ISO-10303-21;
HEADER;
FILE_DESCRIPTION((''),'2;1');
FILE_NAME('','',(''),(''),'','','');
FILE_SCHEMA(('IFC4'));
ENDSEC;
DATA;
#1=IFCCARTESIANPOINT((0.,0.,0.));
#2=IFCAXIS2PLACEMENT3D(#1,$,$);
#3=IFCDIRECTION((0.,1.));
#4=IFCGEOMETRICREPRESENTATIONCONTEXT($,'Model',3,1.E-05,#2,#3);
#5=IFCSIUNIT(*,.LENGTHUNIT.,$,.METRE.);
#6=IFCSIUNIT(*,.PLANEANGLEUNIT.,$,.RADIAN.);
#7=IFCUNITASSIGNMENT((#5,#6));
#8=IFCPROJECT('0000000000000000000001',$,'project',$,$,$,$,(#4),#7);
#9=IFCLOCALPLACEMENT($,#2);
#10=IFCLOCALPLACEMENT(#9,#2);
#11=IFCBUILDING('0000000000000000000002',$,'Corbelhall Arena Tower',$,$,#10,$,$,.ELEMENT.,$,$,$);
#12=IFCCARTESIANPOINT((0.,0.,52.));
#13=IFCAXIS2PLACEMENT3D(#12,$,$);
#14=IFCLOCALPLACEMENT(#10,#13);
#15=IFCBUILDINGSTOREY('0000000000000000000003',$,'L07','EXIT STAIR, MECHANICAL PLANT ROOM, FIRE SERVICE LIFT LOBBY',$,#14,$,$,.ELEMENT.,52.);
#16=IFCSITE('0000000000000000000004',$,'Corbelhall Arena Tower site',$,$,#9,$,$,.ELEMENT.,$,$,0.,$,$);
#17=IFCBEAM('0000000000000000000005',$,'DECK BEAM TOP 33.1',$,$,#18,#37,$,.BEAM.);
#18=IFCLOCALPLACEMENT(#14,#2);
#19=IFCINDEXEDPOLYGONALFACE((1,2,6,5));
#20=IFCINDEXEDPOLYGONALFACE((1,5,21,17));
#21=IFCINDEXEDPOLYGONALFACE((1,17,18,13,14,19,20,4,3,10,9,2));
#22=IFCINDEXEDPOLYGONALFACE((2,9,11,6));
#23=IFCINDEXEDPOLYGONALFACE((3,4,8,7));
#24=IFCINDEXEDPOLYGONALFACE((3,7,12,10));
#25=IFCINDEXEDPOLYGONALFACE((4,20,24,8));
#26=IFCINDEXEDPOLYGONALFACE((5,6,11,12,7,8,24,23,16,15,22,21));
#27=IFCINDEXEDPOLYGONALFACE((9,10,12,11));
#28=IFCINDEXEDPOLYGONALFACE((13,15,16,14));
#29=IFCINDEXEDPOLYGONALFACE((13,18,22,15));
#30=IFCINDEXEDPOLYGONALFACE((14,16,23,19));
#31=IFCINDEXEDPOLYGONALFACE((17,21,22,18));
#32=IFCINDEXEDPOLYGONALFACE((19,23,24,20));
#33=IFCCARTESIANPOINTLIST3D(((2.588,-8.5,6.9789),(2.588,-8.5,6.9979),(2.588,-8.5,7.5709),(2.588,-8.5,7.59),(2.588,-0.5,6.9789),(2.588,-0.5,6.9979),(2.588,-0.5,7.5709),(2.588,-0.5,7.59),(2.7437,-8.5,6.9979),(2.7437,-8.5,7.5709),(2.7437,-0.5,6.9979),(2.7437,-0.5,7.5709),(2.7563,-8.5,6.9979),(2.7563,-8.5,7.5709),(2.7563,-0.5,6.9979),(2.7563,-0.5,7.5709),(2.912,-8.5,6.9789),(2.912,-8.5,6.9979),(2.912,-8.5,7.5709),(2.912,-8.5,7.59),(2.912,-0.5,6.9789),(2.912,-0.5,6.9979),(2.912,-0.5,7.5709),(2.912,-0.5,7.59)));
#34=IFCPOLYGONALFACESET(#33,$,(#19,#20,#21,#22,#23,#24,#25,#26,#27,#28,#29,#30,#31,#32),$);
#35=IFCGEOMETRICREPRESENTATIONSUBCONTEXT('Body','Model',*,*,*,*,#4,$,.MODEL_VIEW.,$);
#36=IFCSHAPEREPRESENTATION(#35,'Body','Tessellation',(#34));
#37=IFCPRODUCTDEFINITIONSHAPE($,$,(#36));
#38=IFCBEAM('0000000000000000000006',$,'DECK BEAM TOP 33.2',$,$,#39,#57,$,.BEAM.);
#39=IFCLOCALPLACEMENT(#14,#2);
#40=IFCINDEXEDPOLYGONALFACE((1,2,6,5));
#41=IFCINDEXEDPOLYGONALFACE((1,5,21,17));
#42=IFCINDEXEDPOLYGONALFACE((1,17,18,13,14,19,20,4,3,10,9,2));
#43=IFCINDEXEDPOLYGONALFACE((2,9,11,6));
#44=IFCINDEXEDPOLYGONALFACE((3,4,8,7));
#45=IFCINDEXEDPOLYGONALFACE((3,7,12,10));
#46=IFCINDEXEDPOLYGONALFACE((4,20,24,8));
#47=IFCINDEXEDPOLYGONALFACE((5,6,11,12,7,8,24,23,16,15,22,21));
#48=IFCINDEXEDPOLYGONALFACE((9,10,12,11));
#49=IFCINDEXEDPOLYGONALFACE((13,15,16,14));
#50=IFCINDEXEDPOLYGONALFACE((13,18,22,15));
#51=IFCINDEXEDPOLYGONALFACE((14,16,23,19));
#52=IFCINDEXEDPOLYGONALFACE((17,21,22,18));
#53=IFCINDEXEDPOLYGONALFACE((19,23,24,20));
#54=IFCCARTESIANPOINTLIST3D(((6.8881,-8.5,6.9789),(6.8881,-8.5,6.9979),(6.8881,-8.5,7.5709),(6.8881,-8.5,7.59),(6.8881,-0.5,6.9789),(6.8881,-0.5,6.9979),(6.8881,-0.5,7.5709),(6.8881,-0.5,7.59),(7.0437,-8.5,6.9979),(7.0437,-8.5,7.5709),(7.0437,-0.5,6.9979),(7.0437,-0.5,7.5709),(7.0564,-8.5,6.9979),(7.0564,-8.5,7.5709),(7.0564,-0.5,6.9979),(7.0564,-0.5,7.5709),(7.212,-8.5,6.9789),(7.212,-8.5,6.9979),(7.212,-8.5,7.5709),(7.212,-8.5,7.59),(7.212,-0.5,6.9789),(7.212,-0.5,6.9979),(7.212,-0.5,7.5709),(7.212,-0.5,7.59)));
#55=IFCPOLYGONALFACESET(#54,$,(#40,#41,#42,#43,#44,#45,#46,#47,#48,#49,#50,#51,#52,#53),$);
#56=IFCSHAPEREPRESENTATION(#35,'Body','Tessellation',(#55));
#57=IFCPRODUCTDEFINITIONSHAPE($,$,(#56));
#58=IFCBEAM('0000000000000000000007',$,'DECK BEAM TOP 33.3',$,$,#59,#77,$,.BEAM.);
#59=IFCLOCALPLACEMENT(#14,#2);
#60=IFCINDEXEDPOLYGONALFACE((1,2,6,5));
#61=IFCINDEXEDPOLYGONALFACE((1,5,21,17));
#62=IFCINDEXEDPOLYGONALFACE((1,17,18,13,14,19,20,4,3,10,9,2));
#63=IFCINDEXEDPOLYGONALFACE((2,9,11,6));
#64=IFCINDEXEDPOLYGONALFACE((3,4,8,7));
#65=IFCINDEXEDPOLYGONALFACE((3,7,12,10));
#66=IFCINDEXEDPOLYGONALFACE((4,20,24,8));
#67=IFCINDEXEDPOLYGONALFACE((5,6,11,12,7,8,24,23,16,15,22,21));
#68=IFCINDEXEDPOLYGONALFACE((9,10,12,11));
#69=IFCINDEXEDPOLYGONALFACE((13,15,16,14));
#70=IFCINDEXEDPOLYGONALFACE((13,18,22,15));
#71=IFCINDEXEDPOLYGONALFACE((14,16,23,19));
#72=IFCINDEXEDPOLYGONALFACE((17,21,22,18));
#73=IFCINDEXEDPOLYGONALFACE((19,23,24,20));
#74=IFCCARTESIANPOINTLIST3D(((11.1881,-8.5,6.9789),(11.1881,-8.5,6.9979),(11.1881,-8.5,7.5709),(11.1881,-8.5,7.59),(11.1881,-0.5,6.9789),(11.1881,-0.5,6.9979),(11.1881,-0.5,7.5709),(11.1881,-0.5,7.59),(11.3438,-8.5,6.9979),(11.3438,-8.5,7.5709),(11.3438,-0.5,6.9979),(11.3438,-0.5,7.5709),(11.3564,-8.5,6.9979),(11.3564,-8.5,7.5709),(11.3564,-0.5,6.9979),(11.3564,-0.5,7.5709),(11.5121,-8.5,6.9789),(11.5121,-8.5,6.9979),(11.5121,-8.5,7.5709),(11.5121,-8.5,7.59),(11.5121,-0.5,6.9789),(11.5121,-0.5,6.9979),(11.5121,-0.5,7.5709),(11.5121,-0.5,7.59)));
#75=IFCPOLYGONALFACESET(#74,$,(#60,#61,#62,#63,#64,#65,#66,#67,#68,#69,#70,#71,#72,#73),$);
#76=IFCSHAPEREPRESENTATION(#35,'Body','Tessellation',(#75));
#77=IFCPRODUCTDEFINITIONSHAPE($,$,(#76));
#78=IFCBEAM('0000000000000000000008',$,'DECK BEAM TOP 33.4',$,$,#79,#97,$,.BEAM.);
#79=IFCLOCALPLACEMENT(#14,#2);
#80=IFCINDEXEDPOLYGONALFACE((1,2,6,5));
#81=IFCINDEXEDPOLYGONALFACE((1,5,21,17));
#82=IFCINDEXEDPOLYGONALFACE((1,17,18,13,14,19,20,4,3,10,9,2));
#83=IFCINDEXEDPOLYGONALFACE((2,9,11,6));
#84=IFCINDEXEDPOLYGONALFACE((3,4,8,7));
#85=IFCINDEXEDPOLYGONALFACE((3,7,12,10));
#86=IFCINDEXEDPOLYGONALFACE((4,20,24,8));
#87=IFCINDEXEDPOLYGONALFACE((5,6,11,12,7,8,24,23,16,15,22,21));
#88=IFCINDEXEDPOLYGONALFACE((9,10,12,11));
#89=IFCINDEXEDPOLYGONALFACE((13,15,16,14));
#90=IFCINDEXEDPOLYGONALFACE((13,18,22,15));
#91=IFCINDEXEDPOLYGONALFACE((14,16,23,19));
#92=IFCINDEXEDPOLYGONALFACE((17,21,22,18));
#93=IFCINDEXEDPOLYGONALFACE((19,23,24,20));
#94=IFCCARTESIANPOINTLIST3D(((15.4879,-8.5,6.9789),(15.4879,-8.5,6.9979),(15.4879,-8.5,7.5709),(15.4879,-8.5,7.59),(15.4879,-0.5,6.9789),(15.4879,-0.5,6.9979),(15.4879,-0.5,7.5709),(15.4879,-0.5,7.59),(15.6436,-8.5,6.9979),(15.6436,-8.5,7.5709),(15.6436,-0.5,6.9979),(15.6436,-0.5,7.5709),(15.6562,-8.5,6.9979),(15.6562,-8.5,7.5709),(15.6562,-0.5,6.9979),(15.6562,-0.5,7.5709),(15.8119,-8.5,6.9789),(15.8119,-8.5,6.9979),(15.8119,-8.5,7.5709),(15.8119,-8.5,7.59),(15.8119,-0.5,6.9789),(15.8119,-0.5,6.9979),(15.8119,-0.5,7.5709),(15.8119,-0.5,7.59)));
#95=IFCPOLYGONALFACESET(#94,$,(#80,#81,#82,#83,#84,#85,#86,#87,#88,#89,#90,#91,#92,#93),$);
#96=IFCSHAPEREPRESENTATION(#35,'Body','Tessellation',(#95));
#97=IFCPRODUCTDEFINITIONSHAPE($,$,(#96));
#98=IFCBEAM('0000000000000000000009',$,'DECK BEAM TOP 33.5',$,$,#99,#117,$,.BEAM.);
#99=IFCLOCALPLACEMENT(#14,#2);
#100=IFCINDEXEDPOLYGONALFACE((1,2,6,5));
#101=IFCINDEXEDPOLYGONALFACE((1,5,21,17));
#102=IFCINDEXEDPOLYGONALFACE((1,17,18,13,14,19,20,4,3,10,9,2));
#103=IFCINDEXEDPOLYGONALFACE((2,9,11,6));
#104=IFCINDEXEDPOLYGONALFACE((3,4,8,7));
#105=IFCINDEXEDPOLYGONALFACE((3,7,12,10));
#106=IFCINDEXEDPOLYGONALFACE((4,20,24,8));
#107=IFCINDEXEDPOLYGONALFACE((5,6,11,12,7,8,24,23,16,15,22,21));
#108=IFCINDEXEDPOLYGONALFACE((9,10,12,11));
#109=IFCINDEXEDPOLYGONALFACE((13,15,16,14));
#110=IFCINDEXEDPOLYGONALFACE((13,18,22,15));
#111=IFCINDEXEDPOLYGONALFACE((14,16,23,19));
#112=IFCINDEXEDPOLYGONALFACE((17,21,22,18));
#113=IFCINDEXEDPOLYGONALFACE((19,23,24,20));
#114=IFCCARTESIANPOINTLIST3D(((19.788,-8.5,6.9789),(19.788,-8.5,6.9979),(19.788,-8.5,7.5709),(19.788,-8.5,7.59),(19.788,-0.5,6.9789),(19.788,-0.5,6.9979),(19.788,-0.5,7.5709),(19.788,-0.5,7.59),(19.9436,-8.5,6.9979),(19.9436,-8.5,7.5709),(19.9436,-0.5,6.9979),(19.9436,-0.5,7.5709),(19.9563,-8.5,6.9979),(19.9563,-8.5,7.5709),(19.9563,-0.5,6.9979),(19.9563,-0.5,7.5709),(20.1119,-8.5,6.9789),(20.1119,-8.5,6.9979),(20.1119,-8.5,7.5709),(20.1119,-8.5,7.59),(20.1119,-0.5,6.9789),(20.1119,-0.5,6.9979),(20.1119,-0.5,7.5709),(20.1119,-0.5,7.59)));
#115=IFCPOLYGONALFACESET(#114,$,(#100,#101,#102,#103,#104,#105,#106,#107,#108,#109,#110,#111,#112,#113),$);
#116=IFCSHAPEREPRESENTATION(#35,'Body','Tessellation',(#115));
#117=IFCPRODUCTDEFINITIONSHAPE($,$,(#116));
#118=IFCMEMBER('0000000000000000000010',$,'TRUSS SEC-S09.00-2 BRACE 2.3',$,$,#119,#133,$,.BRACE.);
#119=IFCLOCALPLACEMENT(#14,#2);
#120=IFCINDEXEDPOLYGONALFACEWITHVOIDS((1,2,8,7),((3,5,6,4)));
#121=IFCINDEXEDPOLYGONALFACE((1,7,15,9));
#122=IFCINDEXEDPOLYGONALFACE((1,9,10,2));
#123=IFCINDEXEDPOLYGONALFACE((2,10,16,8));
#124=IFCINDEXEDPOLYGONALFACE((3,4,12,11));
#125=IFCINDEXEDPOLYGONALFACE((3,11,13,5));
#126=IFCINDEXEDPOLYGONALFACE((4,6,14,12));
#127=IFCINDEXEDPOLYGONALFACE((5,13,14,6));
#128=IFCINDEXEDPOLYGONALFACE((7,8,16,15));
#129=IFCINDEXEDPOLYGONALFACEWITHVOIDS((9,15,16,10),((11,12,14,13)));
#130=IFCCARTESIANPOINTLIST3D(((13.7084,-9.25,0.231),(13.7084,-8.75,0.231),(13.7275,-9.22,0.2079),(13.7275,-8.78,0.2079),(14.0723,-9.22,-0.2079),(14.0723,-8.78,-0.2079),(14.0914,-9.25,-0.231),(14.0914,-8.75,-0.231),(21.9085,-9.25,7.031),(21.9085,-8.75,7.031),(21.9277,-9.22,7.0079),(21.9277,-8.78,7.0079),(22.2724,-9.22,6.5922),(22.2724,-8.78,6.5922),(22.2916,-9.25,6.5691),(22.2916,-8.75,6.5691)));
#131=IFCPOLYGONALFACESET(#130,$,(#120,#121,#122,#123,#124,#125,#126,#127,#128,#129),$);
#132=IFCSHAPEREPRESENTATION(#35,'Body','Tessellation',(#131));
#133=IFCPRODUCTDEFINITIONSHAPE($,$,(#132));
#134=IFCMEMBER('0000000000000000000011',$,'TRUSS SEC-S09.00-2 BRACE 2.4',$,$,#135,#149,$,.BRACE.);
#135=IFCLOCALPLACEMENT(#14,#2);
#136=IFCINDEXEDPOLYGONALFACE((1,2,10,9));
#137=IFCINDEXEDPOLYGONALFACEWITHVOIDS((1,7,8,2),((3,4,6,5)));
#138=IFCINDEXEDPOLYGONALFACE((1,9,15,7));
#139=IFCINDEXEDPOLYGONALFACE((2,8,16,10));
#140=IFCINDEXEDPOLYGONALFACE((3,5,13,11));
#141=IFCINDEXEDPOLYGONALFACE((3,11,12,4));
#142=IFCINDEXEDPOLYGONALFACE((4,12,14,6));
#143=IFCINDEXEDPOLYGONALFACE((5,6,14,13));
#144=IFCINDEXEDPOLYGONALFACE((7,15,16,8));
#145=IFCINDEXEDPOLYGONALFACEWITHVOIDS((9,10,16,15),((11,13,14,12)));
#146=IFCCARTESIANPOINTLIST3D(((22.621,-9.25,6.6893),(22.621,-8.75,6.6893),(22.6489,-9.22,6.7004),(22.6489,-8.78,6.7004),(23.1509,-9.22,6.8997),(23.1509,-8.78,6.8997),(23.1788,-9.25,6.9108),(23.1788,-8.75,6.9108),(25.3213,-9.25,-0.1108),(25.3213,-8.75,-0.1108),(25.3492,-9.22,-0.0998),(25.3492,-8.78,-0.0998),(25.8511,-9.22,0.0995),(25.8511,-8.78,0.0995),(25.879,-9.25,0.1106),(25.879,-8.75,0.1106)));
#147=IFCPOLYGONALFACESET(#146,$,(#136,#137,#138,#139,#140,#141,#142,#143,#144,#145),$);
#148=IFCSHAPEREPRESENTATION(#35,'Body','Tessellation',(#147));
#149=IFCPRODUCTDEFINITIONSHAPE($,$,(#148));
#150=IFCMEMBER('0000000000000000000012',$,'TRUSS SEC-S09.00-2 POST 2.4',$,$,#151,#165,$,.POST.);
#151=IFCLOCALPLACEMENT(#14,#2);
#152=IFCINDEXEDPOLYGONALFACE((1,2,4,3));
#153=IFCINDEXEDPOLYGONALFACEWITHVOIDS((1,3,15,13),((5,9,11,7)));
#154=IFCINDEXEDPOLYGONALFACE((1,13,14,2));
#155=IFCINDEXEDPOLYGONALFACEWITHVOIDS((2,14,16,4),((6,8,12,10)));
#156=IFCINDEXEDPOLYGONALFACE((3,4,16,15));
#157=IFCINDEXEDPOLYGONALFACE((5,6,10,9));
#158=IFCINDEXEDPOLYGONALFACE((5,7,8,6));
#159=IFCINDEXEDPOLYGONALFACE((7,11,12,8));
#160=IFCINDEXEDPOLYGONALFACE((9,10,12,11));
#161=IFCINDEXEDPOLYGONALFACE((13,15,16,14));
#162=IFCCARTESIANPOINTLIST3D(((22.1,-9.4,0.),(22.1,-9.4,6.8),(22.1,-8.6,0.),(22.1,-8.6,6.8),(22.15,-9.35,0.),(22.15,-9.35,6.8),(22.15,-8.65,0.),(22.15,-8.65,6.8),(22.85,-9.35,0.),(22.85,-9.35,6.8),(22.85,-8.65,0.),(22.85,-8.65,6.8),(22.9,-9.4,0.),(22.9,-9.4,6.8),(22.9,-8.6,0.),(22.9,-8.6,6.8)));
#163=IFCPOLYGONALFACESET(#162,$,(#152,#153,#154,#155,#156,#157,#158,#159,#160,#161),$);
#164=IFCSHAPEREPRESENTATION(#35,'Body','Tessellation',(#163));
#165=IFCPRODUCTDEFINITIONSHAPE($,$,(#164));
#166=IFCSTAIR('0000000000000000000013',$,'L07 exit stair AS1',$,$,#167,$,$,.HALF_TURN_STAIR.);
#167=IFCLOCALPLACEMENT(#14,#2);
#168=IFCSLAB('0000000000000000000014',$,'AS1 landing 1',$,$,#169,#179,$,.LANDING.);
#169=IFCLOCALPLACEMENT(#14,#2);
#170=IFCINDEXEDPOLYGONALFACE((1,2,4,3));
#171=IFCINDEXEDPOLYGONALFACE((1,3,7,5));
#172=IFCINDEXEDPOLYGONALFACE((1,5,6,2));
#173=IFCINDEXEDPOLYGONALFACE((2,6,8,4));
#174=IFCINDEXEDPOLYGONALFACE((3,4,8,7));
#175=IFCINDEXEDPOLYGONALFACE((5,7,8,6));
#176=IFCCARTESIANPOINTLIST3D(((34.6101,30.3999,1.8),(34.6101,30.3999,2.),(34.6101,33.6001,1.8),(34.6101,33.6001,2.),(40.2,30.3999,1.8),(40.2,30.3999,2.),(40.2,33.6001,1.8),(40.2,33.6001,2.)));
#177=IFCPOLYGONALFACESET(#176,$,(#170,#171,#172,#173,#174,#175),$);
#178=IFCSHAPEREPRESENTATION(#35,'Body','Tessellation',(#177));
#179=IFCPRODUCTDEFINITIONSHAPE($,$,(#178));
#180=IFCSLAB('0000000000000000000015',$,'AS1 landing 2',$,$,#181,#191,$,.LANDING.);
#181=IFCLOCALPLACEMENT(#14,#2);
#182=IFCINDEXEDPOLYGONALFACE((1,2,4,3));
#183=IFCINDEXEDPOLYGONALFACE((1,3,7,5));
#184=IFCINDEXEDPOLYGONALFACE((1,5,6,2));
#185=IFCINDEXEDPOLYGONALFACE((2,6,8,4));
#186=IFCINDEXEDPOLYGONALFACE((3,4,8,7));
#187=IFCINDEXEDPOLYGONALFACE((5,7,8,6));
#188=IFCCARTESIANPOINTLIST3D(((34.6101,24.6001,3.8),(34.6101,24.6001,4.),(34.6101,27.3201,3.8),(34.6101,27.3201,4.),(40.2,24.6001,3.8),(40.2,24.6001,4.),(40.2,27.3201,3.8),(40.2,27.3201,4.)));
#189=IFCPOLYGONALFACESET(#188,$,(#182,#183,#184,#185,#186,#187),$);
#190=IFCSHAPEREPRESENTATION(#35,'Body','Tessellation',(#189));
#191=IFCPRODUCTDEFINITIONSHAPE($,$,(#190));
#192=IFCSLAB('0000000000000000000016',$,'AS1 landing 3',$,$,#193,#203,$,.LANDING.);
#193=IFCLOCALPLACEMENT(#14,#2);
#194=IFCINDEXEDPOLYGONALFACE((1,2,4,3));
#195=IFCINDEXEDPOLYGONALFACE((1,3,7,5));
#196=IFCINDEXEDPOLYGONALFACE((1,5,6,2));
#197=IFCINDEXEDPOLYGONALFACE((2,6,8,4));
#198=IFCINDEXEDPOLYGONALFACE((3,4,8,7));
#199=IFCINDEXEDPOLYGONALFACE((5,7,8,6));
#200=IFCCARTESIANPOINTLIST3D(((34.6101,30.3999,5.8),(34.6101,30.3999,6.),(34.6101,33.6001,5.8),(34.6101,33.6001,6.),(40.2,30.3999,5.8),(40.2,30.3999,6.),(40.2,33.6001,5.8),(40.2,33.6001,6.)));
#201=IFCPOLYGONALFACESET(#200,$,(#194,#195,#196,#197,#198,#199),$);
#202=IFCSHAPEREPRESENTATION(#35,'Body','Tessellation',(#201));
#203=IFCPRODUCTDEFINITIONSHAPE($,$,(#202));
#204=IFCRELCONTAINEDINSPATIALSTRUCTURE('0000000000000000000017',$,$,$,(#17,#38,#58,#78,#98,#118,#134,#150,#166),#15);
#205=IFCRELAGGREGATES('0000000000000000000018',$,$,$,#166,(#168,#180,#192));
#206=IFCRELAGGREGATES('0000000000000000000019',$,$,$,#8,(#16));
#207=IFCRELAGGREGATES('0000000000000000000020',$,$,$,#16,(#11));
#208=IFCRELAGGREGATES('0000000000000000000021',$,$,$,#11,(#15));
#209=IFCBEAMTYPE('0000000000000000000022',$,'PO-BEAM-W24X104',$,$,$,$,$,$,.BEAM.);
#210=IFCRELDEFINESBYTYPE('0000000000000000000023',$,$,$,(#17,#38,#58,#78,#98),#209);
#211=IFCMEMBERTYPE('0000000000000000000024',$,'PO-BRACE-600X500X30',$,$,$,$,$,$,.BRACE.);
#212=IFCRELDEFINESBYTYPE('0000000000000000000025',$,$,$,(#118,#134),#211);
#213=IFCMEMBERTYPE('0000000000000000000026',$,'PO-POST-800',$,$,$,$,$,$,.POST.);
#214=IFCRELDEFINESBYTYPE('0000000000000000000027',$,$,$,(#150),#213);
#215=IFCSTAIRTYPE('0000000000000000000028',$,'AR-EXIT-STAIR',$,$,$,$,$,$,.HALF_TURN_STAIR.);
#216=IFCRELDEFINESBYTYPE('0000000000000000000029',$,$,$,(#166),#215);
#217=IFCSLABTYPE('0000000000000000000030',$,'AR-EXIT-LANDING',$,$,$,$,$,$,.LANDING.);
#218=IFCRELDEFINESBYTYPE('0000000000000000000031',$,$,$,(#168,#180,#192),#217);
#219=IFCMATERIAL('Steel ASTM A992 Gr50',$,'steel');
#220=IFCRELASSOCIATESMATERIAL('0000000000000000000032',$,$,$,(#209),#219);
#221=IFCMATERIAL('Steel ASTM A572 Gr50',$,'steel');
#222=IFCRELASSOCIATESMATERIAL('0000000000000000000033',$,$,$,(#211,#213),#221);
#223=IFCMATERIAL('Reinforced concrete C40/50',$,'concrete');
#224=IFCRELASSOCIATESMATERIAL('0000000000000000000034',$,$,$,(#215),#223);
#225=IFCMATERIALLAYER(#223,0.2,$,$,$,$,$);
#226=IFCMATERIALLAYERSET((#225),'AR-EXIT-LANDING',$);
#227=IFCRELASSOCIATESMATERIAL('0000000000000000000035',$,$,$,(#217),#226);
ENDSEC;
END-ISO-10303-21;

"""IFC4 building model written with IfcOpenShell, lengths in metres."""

from ifc_helpers import new_model, si_unit, direction, frame, origin, origin_2d, place, context, subcontext, project, spatial, polyline, hollow_rectangle, i_section, outline, extrude, material, layer, layer_set, material_profile, profile_set, type_object, element, aggregate, save


model = new_model("IFC4")

# Units and contexts
model_context = context("Model", 3, precision=1e-05, world=origin(), true_north=direction((0.0, 1.0)))
body_context = subcontext(model_context, "Body", "Model", "MODEL_VIEW")
ifc_project = project(units=[si_unit("LENGTHUNIT", "METRE"), si_unit("PLANEANGLEUNIT", "RADIAN")], contexts=[model_context])

# Site, building, storey
site_placement = place(None, origin())
site = spatial("IfcSite", under=ifc_project, at=site_placement, Name="Corbelhall Arena Tower site", CompositionType="ELEMENT", RefElevation=0.0)
building_placement = place(site_placement, origin())
building = spatial("IfcBuilding", under=site, at=building_placement, Name="Corbelhall Arena Tower", CompositionType="ELEMENT")
storey_placement = place(building_placement, frame((0.0, 0.0, 52.0)))
storey = spatial("IfcBuildingStorey", under=building, at=storey_placement, Name="L07", Description="EXIT STAIR, MECHANICAL PLANT ROOM, FIRE SERVICE LIFT LOBBY", CompositionType="ELEMENT", Elevation=52.0)

# Beams
ifc_material_1 = material(Name="Steel ASTM A992 Gr50", Category="steel")
ifc_material_profile_1 = material_profile(ifc_material_1, i_section(OverallWidth=0.324, OverallDepth=0.6111, WebThickness=0.0127, FlangeThickness=0.019, at=origin_2d()))
ifc_profile_set_1 = profile_set([ifc_material_profile_1], Name="Steel ASTM A992 Gr50")
beam_type = type_object("IfcBeamType", Name="PO-BEAM-W24X104", PredefinedType="BEAM", material=ifc_profile_set_1)
for number, where, z_axis, x_axis, name in (
    (1, (2.75, -8.5, 7.2844), (0.0, 1.0, 0.0), (-1.0, 0.0, 0.0), "DECK BEAM TOP 33.1"),
    (2, (7.05, -8.5, 7.2844), (0.0, 1.0, 0.0), (-1.0, 0.0, 0.0), "DECK BEAM TOP 33.2"),
    (3, (11.3501, -8.5, 7.2844), (0.0, 1.0, 0.0), (-1.0, 0.0, 0.0), "DECK BEAM TOP 33.3"),
    (4, (15.6499, -8.5, 7.2844), (0.0, 1.0, 0.0), (-1.0, 0.0, 0.0), "DECK BEAM TOP 33.4"),
    (5, (19.95, -8.5, 7.2844), (0.0, 1.0, 0.0), (-1.0, 0.0, 0.0), "DECK BEAM TOP 33.5"),
):
    element("IfcBeam", number, at=place(storey_placement, frame(where, z_axis=z_axis, x_axis=x_axis)), inside=storey, type_object=beam_type, Name=name, PredefinedType="BEAM", context=body_context, shape_type="SweptSolid", body=[
        extrude(i_section(OverallWidth=0.324, OverallDepth=0.6111, WebThickness=0.0127, FlangeThickness=0.019, at=origin_2d()), origin(), (0.0, 0.0, 1.0), 8.0),
    ])

# Members
ifc_material_2 = material(Name="Steel ASTM A572 Gr50", Category="steel")
ifc_material_profile_2 = material_profile(ifc_material_2, hollow_rectangle(XDim=0.5, YDim=0.6001, WallThickness=0.03, at=origin_2d()))
ifc_profile_set_2 = profile_set([ifc_material_profile_2], Name="Steel ASTM A572 Gr50")
member_type_1 = type_object("IfcMemberType", Name="PO-BRACE-600X500X30", PredefinedType="BRACE", material=ifc_profile_set_2)
member_1_placement = place(storey_placement, frame((13.8999, -9.0, 0.0), z_axis=(0.769763, 0.0, 0.63833), x_axis=(0.0, 1.0, 0.0)))
element("IfcMember", 6, at=member_1_placement, inside=storey, type_object=member_type_1, Name="TRUSS SEC-S09.00-2 BRACE 2.3", PredefinedType="BRACE", context=body_context, shape_type="SweptSolid", body=[
    extrude(hollow_rectangle(XDim=0.5, YDim=0.6001, WallThickness=0.03, at=origin_2d()), origin(), (0.0, 0.0, 1.0), 10.6528),
])
member_2_placement = place(storey_placement, frame((22.8999, -9.0, 6.8), z_axis=(0.369054, 0.0, -0.929408), x_axis=(0.0, 1.0, 0.0)))
element("IfcMember", 7, at=member_2_placement, inside=storey, type_object=member_type_1, Name="TRUSS SEC-S09.00-2 BRACE 2.4", PredefinedType="BRACE", context=body_context, shape_type="SweptSolid", body=[
    extrude(hollow_rectangle(XDim=0.5, YDim=0.6001, WallThickness=0.03, at=origin_2d()), origin(), (0.0, 0.0, 1.0), 7.3167),
])
ifc_material_profile_3 = material_profile(ifc_material_2, hollow_rectangle(XDim=0.8, YDim=0.8, WallThickness=0.05, at=origin_2d()))
ifc_profile_set_3 = profile_set([ifc_material_profile_3], Name="Steel ASTM A572 Gr50")
member_type_2 = type_object("IfcMemberType", Name="PO-POST-800", PredefinedType="POST", material=ifc_profile_set_3)
member_3_placement = place(storey_placement, frame((22.5, -9.0, 0.0), z_axis=(0.0, 0.0, 1.0), x_axis=(1.0, 0.0, 0.0)))
element("IfcMember", 8, at=member_3_placement, inside=storey, type_object=member_type_2, Name="TRUSS SEC-S09.00-2 POST 2.4", PredefinedType="POST", context=body_context, shape_type="SweptSolid", body=[
    extrude(hollow_rectangle(XDim=0.8, YDim=0.8, WallThickness=0.05, at=origin_2d()), origin(), (0.0, 0.0, 1.0), 6.8),
])

# Stair, slabs
ifc_material_3 = material(Name="Reinforced concrete C40/50", Category="concrete")
stair_type_1 = type_object("IfcStairType", Name="AR-EXIT-STAIR", PredefinedType="HALF_TURN_STAIR", material=ifc_material_3)
stair_1_placement = place(storey_placement, origin())
stair_1 = element("IfcStair", 9, at=stair_1_placement, inside=storey, type_object=stair_type_1, Name="L07 exit stair AS1", PredefinedType="HALF_TURN_STAIR")
ifc_layer_1 = layer(ifc_material_3, 0.2)
ifc_layer_set_1 = layer_set([ifc_layer_1], Name="AR-EXIT-LANDING")
slab_type_1 = type_object("IfcSlabType", Name="AR-EXIT-LANDING", PredefinedType="LANDING", material=ifc_layer_set_1)
slab_1_placement = place(storey_placement, frame((0.0, 0.0, 1.8)))
slab_1 = element("IfcSlab", 10, at=slab_1_placement, type_object=slab_type_1, Name="AS1 landing 1", PredefinedType="LANDING", context=body_context, shape_type="SweptSolid", body=[
    extrude(outline(polyline([(40.2, 30.3999), (40.2, 33.6001), (34.6101, 33.6001), (34.6101, 30.3999), (40.2, 30.3999)])), origin(), (0.0, 0.0, 1.0), 0.2),
])
slab_2_placement = place(storey_placement, frame((0.0, 0.0, 3.8)))
slab_2 = element("IfcSlab", 11, at=slab_2_placement, type_object=slab_type_1, Name="AS1 landing 2", PredefinedType="LANDING", context=body_context, shape_type="SweptSolid", body=[
    extrude(outline(polyline([(40.2, 24.6001), (40.2, 27.3201), (34.6101, 27.3201), (34.6101, 24.6001), (40.2, 24.6001)])), origin(), (0.0, 0.0, 1.0), 0.2),
])
slab_3_placement = place(storey_placement, frame((0.0, 0.0, 5.8)))
slab_3 = element("IfcSlab", 12, at=slab_3_placement, type_object=slab_type_1, Name="AS1 landing 3", PredefinedType="LANDING", context=body_context, shape_type="SweptSolid", body=[
    extrude(outline(polyline([(40.2, 30.3999), (40.2, 33.6001), (34.6101, 33.6001), (34.6101, 30.3999), (40.2, 30.3999)])), origin(), (0.0, 0.0, 1.0), 0.2),
])
aggregate(stair_1, [slab_1, slab_2, slab_3])

save(model, "model.ifc")
